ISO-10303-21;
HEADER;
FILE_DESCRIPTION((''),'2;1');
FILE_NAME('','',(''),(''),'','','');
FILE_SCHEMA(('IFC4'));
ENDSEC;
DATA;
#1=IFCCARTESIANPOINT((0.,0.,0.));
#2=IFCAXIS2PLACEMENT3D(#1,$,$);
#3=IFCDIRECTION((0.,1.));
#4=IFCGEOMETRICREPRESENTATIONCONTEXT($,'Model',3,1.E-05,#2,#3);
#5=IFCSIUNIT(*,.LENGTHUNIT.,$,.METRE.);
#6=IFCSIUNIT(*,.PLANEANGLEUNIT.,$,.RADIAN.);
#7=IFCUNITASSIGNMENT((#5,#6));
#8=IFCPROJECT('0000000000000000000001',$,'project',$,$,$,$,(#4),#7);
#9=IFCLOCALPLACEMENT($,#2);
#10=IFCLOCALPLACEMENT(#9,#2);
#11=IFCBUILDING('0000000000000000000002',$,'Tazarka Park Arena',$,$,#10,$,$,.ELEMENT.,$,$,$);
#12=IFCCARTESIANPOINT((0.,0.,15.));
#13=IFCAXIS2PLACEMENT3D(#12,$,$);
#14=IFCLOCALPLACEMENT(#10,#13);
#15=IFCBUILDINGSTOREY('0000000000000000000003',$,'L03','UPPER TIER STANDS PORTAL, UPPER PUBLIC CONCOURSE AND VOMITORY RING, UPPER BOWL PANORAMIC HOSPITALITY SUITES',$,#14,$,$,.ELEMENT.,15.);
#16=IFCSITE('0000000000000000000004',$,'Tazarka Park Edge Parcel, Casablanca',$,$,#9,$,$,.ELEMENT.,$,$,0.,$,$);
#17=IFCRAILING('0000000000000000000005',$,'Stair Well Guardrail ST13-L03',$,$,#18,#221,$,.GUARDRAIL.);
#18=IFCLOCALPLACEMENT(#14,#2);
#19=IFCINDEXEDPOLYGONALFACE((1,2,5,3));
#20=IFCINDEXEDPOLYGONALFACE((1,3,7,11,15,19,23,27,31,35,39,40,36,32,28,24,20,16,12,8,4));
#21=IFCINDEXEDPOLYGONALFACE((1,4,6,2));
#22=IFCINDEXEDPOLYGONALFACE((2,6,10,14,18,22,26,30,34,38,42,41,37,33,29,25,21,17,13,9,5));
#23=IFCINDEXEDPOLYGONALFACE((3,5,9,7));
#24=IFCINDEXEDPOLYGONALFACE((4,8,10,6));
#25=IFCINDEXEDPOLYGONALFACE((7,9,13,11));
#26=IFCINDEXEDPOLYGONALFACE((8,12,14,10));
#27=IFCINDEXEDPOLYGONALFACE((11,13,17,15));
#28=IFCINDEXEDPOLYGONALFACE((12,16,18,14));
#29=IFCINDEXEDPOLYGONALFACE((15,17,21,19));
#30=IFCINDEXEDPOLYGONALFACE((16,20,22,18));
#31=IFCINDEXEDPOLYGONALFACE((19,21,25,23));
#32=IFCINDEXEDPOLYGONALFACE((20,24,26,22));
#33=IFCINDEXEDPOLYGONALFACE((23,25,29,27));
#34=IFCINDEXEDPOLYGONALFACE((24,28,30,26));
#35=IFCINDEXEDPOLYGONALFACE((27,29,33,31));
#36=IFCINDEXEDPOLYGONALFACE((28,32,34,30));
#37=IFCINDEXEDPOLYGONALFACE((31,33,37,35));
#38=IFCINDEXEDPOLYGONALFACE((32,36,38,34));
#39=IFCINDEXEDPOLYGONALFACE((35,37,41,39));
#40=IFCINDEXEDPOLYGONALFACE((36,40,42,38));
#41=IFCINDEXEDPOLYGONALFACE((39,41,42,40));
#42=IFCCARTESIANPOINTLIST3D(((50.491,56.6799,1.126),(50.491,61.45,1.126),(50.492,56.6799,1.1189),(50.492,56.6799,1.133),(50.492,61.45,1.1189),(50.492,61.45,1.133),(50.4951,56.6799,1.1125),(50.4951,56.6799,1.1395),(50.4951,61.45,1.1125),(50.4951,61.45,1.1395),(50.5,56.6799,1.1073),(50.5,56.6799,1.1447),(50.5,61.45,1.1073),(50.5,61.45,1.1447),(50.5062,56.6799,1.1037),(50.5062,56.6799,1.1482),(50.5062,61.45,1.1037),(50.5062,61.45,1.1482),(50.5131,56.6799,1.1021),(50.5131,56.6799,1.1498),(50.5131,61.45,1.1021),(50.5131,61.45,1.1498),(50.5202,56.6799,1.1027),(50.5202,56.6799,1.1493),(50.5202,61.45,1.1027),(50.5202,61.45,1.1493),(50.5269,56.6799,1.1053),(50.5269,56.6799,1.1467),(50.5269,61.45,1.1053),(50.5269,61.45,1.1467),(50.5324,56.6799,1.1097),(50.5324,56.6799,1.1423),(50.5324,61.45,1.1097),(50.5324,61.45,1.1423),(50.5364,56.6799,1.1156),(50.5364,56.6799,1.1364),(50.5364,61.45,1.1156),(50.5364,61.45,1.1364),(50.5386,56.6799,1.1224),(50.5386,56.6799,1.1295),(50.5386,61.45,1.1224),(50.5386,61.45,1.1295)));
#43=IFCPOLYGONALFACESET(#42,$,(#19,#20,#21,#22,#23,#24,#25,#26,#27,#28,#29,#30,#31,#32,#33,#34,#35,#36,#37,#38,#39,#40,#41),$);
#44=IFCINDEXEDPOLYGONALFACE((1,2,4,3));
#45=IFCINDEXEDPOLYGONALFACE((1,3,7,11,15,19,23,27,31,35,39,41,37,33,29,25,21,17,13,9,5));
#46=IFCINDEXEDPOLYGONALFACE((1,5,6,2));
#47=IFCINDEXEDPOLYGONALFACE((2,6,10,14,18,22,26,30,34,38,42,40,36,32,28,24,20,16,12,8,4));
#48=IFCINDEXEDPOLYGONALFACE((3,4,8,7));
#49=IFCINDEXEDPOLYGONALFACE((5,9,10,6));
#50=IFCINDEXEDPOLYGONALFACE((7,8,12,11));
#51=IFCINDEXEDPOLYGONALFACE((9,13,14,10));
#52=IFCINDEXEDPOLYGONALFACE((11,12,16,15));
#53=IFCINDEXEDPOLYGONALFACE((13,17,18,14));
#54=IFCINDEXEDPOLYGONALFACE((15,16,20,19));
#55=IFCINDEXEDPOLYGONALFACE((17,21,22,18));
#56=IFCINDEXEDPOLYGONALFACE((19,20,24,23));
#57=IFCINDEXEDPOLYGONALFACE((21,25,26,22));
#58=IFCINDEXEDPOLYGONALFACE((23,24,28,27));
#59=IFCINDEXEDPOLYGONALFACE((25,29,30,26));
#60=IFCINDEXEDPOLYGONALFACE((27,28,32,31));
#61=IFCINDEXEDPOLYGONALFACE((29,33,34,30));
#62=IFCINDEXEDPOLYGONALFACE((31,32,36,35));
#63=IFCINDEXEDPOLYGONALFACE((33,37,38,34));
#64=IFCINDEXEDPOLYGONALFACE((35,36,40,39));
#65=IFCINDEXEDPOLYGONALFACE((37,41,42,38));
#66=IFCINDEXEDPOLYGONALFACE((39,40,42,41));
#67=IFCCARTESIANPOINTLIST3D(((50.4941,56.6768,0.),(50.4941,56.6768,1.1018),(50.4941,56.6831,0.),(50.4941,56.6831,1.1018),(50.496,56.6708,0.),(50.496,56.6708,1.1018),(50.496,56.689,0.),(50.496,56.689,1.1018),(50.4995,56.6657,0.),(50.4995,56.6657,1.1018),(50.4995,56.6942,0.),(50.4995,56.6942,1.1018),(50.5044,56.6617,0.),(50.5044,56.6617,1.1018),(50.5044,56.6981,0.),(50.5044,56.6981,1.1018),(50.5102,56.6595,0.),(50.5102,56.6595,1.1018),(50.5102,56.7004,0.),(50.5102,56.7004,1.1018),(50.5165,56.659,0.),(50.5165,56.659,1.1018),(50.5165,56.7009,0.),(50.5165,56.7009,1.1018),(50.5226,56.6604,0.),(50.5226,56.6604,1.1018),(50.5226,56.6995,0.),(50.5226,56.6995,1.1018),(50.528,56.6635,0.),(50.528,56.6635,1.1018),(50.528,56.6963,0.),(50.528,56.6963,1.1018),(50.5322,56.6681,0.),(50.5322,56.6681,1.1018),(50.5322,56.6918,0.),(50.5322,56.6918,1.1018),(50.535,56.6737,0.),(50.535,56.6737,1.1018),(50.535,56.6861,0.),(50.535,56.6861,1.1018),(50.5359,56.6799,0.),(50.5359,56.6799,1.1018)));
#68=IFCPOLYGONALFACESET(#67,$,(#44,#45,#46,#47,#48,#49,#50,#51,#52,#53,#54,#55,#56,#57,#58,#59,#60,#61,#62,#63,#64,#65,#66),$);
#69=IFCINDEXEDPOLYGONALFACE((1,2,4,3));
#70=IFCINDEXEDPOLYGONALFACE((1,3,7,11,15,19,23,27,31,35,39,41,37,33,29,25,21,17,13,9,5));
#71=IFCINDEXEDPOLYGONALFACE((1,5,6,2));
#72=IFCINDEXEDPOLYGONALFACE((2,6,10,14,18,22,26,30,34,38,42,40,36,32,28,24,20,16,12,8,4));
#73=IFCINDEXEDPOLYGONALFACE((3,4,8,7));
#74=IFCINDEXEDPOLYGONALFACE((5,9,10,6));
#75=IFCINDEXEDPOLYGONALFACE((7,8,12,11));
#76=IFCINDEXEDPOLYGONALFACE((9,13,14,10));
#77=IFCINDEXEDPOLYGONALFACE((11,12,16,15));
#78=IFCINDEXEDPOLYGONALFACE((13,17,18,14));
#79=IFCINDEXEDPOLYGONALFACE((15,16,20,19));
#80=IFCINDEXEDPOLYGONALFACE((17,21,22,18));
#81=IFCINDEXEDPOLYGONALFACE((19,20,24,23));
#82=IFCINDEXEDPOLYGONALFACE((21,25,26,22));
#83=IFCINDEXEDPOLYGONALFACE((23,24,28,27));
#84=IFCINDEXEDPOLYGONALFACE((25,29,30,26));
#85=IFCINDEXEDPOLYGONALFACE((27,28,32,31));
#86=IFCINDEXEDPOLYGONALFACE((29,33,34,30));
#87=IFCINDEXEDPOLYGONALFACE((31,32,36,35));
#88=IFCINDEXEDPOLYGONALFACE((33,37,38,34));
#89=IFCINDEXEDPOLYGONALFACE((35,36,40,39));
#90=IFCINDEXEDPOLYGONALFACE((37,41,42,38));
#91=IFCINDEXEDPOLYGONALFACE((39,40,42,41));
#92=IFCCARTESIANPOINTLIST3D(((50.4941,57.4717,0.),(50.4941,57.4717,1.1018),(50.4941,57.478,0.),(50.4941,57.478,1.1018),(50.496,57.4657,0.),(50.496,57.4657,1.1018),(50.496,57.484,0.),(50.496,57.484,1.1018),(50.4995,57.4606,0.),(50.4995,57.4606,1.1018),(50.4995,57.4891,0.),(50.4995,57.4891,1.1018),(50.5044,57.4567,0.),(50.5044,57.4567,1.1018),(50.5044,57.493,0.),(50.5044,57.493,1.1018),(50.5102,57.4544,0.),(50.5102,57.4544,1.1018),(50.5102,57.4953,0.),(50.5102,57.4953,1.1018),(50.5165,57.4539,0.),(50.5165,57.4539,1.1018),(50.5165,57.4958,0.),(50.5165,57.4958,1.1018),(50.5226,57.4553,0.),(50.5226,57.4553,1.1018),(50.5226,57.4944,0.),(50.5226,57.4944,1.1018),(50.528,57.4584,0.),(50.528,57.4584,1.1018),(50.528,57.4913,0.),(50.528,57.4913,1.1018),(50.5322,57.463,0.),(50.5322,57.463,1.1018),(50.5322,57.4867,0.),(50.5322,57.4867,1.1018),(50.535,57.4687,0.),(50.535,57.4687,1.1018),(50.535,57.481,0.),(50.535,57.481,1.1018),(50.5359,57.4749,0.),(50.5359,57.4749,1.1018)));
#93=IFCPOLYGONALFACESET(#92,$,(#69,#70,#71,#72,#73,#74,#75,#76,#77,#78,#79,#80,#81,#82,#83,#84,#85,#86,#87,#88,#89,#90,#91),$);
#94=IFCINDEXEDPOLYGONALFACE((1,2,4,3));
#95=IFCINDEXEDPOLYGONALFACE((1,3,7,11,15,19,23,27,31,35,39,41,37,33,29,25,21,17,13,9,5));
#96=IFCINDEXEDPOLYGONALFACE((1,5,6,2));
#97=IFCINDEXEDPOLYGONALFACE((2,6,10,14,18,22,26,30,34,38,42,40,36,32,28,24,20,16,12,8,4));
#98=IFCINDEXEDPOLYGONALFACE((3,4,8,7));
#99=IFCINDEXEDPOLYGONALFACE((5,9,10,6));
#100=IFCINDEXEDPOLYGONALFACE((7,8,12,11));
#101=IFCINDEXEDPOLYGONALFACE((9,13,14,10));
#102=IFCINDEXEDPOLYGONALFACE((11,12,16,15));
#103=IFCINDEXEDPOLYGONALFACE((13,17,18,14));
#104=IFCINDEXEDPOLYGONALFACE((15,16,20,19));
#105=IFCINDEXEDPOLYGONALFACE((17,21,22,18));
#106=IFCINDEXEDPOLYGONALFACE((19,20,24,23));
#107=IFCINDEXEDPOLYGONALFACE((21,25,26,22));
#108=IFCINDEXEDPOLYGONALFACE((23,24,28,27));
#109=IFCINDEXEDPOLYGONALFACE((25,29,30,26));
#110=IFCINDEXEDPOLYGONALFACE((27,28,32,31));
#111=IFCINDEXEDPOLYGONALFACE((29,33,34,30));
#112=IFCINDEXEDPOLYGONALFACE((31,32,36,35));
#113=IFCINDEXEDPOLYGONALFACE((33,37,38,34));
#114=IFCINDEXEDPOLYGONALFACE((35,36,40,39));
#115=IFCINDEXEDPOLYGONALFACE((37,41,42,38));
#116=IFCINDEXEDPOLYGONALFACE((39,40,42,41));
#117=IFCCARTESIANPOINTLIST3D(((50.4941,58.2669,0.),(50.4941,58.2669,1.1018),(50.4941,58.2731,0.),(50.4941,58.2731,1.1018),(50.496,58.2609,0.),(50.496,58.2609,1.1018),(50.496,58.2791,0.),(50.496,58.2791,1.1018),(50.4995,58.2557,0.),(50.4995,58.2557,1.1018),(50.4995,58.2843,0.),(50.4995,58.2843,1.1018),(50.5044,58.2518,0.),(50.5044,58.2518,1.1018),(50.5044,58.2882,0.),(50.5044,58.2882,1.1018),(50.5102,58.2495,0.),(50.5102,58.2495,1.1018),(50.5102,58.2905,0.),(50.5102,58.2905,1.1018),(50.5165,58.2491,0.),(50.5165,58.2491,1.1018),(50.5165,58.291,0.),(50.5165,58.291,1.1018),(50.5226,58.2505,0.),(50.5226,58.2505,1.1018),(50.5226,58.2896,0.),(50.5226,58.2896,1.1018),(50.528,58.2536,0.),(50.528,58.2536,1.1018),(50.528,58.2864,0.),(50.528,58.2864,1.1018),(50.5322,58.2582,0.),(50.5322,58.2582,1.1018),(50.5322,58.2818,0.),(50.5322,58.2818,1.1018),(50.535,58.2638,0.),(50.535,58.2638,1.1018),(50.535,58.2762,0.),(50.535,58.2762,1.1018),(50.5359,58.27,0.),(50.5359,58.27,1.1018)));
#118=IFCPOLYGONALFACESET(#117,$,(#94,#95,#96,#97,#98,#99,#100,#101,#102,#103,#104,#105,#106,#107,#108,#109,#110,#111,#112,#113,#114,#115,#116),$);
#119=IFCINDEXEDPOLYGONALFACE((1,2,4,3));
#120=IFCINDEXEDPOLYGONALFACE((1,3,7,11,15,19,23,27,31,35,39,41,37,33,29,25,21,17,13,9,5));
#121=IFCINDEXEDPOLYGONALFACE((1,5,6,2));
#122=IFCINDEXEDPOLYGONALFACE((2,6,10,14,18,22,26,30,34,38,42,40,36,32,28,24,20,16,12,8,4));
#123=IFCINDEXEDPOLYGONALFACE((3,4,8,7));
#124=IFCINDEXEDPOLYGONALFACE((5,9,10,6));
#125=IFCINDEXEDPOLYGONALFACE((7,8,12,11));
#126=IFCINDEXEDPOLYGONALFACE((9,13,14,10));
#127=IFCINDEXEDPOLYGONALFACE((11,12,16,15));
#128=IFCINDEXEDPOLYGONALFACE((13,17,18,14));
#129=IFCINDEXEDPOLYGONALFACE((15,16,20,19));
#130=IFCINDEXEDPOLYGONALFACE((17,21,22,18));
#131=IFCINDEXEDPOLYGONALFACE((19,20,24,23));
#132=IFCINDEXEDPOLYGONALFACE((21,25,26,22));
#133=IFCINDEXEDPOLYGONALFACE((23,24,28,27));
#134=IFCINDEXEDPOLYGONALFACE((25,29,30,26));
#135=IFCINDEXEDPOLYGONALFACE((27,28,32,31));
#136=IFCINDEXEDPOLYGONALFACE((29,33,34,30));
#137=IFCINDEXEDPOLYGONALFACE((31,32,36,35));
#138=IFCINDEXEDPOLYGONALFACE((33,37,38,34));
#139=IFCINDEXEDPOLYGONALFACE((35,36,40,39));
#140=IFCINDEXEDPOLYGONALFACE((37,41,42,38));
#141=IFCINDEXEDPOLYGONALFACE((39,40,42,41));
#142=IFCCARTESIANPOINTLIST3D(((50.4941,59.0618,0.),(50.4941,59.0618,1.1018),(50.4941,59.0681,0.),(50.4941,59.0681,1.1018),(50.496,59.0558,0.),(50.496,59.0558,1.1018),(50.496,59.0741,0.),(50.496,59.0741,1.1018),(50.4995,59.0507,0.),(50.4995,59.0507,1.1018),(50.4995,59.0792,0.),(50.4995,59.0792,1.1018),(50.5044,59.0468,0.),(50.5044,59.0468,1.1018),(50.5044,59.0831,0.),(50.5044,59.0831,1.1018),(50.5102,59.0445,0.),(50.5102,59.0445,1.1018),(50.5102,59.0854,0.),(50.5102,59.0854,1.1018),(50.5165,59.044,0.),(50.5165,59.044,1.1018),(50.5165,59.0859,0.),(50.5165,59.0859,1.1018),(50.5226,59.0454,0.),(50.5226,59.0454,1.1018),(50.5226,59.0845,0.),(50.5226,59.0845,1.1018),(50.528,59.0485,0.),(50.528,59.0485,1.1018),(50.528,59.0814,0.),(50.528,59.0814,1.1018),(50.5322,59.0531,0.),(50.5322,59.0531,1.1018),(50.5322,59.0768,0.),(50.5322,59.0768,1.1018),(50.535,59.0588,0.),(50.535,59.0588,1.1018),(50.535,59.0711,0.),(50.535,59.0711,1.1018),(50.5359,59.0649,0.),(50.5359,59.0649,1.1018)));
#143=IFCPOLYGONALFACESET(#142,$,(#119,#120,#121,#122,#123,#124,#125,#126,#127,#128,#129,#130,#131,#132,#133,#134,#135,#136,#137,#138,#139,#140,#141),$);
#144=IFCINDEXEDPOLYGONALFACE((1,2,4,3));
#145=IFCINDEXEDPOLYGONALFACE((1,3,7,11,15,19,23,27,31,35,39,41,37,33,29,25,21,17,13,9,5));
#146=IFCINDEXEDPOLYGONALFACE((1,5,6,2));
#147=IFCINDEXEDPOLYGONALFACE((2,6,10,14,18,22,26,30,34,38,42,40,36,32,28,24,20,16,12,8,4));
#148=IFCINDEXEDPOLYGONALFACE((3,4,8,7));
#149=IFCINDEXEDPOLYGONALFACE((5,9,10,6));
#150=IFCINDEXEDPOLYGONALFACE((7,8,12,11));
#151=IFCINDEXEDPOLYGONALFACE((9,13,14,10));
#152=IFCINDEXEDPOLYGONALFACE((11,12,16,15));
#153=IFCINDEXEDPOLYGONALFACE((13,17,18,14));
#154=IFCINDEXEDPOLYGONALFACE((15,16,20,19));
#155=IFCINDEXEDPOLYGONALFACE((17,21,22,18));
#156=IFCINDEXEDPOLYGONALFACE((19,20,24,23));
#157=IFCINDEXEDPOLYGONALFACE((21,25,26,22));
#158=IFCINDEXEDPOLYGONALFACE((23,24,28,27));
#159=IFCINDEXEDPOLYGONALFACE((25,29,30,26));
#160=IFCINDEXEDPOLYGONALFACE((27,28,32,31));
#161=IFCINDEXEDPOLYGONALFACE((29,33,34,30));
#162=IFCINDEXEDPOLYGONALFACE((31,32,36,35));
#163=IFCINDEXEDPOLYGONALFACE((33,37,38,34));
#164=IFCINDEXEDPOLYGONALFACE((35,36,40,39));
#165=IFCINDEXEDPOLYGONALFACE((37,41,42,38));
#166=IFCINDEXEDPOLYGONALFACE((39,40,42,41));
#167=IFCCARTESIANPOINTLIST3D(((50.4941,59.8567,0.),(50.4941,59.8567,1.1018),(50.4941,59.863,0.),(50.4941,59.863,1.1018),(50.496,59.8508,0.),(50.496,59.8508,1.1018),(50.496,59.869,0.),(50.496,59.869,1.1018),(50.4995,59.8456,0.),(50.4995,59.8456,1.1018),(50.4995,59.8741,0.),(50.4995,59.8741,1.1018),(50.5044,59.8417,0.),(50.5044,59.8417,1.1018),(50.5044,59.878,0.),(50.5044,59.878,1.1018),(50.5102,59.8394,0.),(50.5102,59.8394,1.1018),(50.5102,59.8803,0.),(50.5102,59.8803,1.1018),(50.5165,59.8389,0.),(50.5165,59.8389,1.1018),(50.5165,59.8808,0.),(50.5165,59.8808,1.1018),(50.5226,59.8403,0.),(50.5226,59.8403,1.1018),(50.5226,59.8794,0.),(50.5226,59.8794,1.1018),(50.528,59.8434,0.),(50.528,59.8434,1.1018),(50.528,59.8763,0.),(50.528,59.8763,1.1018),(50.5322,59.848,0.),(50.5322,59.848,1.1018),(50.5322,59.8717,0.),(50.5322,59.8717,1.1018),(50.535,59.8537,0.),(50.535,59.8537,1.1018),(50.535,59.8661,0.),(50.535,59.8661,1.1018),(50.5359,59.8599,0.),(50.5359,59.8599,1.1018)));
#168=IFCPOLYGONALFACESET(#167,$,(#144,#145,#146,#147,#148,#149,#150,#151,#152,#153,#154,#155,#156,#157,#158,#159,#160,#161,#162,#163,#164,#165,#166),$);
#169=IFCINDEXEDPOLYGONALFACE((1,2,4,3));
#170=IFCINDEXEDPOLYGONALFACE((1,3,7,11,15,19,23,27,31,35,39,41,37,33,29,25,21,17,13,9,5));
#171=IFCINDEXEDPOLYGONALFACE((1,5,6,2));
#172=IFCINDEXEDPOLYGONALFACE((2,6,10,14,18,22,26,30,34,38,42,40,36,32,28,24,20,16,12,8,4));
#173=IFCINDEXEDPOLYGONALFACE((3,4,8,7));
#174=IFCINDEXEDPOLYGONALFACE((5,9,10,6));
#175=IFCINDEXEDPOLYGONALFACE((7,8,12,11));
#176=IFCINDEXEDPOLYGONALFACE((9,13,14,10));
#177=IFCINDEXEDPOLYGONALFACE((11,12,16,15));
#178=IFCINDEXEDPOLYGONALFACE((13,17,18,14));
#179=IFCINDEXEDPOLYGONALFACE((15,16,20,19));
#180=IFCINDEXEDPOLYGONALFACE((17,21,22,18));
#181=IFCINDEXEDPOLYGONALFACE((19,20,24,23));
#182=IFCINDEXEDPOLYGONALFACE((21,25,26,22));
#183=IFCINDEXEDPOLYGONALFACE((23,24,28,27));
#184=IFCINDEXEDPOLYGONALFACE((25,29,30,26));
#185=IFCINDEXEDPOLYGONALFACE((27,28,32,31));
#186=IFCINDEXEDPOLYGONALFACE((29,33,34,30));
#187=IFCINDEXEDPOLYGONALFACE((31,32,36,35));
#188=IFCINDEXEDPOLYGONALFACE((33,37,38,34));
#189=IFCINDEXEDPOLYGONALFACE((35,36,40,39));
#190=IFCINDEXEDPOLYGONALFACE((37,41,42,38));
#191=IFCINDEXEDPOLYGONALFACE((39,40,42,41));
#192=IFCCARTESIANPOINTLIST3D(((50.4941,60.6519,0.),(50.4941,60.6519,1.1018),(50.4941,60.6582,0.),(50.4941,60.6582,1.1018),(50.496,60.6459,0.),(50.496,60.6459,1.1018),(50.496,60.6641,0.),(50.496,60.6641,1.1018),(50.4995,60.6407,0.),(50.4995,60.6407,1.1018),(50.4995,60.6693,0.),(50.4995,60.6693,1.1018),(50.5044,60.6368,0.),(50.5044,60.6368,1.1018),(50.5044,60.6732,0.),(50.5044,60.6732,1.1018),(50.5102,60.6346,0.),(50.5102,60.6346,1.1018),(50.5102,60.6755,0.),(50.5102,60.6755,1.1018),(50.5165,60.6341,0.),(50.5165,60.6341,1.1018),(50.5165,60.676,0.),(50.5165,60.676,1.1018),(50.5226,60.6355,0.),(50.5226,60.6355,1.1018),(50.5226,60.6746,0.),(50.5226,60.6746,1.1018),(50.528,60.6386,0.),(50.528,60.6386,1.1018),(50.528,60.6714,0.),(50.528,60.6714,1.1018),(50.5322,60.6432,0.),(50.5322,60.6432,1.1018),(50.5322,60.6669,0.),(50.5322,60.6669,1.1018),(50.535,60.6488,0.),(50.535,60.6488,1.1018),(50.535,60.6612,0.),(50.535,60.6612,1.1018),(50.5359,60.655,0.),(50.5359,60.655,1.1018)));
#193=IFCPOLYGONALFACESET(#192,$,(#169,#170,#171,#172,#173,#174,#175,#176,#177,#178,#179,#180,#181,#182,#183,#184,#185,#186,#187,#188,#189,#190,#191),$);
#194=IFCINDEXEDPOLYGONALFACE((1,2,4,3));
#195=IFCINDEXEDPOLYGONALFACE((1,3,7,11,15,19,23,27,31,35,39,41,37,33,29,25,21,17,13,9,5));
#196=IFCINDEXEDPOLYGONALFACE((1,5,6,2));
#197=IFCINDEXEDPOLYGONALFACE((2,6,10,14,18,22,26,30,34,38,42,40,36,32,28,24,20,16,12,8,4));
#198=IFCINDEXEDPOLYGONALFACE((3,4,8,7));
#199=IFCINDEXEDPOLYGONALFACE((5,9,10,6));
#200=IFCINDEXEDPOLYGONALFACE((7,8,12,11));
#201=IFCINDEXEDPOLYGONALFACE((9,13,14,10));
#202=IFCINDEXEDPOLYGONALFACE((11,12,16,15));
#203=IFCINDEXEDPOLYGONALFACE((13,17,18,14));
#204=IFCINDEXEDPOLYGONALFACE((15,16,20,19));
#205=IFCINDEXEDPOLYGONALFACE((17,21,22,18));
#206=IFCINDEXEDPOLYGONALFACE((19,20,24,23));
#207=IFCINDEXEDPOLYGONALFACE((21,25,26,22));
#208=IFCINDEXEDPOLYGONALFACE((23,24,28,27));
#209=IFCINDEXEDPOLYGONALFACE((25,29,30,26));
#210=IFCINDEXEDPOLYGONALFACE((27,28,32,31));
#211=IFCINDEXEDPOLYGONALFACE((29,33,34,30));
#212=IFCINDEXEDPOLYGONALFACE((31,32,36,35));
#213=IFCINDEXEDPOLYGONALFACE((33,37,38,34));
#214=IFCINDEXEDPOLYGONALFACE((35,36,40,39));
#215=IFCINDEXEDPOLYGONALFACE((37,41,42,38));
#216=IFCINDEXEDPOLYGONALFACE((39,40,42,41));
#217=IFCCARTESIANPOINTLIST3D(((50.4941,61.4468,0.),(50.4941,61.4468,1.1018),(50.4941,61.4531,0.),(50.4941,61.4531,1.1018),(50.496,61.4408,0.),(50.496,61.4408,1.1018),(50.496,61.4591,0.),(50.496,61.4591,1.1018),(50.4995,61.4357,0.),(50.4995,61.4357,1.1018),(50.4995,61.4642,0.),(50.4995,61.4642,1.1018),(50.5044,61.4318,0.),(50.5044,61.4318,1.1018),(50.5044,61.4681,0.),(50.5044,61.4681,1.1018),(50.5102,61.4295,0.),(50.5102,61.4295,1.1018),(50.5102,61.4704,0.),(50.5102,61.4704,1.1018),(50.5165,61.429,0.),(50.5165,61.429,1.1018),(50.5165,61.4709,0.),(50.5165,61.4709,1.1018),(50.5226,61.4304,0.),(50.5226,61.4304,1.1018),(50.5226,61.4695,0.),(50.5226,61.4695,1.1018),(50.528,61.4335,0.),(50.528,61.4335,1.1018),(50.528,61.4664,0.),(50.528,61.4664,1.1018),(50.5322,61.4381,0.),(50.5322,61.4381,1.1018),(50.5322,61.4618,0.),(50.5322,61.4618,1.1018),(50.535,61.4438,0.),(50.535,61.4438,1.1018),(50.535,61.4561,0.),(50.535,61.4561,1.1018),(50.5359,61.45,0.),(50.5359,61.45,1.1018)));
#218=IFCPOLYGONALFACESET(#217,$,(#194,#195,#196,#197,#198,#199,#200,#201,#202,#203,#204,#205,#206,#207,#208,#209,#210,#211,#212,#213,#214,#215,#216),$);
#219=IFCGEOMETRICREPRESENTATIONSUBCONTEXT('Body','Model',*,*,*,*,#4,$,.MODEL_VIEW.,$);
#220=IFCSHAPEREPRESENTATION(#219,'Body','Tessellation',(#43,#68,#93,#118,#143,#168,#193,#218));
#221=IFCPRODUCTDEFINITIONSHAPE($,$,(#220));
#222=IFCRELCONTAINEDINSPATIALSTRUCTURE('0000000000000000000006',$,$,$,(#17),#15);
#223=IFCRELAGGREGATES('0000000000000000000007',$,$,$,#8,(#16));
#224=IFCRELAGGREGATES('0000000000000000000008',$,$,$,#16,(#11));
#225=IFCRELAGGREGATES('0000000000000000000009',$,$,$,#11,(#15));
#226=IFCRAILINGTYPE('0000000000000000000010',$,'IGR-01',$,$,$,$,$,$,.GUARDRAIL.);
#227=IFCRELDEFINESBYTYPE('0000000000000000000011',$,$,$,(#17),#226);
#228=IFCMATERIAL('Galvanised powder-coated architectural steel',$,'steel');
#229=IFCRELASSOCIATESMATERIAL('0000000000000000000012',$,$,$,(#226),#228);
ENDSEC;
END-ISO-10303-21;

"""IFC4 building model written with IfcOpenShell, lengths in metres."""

from ifc_helpers import new_model, si_unit, direction, frame, origin, origin_2d, place, context, subcontext, project, spatial, circle, extrude, material, type_object, element, save


model = new_model("IFC4")

# Units and contexts
model_context = context("Model", 3, precision=1e-05, world=origin(), true_north=direction((0.0, 1.0)))
body_context = subcontext(model_context, "Body", "Model", "MODEL_VIEW")
ifc_project = project(units=[si_unit("LENGTHUNIT", "METRE"), si_unit("PLANEANGLEUNIT", "RADIAN")], contexts=[model_context])

# Site, building, storey
site_placement = place(None, origin())
site = spatial("IfcSite", under=ifc_project, at=site_placement, Name="Tazarka Park Edge Parcel, Casablanca", CompositionType="ELEMENT", RefElevation=0.0)
building_placement = place(site_placement, origin())
building = spatial("IfcBuilding", under=site, at=building_placement, Name="Tazarka Park Arena", CompositionType="ELEMENT")
storey_placement = place(building_placement, frame((0.0, 0.0, 15.0)))
storey = spatial("IfcBuildingStorey", under=building, at=storey_placement, Name="L03", Description="UPPER TIER STANDS PORTAL, UPPER PUBLIC CONCOURSE AND VOMITORY RING, UPPER BOWL PANORAMIC HOSPITALITY SUITES", CompositionType="ELEMENT", Elevation=15.0)

# Railing
ifc_material_1 = material(Name="Galvanised powder-coated architectural steel", Category="steel")
railing_type = type_object("IfcRailingType", Name="IGR-01", PredefinedType="GUARDRAIL", material=ifc_material_1)
railing_1_placement = place(storey_placement, frame((50.5149, 56.6799, 0.0)))
element("IfcRailing", 1, at=railing_1_placement, inside=storey, type_object=railing_type, Name="Stair Well Guardrail ST13-L03", PredefinedType="GUARDRAIL", context=body_context, shape_type="SweptSolid", body=[
    extrude(circle(Radius=0.0239, at=origin_2d()), frame((0.0, 0.0, 1.126), z_axis=(0.0, 1.0, 0.0), x_axis=(-1.0, 0.0, 0.0)), (0.0, 0.0, 1.0), 4.77),
    extrude(circle(Radius=0.021, at=origin_2d()), origin(), (0.0, 0.0, 1.0), 1.1018),
    extrude(circle(Radius=0.021, at=origin_2d()), frame((0.0, 0.7949, 0.0)), (0.0, 0.0, 1.0), 1.1018),
    extrude(circle(Radius=0.021, at=origin_2d()), frame((0.0, 1.5901, 0.0)), (0.0, 0.0, 1.0), 1.1018),
    extrude(circle(Radius=0.021, at=origin_2d()), frame((0.0, 2.385, 0.0)), (0.0, 0.0, 1.0), 1.1018),
    extrude(circle(Radius=0.021, at=origin_2d()), frame((0.0, 3.1799, 0.0)), (0.0, 0.0, 1.0), 1.1018),
    extrude(circle(Radius=0.021, at=origin_2d()), frame((0.0, 3.9751, 0.0)), (0.0, 0.0, 1.0), 1.1018),
    extrude(circle(Radius=0.021, at=origin_2d()), frame((0.0, 4.77, 0.0)), (0.0, 0.0, 1.0), 1.1018),
])

save(model, "model.ifc")
